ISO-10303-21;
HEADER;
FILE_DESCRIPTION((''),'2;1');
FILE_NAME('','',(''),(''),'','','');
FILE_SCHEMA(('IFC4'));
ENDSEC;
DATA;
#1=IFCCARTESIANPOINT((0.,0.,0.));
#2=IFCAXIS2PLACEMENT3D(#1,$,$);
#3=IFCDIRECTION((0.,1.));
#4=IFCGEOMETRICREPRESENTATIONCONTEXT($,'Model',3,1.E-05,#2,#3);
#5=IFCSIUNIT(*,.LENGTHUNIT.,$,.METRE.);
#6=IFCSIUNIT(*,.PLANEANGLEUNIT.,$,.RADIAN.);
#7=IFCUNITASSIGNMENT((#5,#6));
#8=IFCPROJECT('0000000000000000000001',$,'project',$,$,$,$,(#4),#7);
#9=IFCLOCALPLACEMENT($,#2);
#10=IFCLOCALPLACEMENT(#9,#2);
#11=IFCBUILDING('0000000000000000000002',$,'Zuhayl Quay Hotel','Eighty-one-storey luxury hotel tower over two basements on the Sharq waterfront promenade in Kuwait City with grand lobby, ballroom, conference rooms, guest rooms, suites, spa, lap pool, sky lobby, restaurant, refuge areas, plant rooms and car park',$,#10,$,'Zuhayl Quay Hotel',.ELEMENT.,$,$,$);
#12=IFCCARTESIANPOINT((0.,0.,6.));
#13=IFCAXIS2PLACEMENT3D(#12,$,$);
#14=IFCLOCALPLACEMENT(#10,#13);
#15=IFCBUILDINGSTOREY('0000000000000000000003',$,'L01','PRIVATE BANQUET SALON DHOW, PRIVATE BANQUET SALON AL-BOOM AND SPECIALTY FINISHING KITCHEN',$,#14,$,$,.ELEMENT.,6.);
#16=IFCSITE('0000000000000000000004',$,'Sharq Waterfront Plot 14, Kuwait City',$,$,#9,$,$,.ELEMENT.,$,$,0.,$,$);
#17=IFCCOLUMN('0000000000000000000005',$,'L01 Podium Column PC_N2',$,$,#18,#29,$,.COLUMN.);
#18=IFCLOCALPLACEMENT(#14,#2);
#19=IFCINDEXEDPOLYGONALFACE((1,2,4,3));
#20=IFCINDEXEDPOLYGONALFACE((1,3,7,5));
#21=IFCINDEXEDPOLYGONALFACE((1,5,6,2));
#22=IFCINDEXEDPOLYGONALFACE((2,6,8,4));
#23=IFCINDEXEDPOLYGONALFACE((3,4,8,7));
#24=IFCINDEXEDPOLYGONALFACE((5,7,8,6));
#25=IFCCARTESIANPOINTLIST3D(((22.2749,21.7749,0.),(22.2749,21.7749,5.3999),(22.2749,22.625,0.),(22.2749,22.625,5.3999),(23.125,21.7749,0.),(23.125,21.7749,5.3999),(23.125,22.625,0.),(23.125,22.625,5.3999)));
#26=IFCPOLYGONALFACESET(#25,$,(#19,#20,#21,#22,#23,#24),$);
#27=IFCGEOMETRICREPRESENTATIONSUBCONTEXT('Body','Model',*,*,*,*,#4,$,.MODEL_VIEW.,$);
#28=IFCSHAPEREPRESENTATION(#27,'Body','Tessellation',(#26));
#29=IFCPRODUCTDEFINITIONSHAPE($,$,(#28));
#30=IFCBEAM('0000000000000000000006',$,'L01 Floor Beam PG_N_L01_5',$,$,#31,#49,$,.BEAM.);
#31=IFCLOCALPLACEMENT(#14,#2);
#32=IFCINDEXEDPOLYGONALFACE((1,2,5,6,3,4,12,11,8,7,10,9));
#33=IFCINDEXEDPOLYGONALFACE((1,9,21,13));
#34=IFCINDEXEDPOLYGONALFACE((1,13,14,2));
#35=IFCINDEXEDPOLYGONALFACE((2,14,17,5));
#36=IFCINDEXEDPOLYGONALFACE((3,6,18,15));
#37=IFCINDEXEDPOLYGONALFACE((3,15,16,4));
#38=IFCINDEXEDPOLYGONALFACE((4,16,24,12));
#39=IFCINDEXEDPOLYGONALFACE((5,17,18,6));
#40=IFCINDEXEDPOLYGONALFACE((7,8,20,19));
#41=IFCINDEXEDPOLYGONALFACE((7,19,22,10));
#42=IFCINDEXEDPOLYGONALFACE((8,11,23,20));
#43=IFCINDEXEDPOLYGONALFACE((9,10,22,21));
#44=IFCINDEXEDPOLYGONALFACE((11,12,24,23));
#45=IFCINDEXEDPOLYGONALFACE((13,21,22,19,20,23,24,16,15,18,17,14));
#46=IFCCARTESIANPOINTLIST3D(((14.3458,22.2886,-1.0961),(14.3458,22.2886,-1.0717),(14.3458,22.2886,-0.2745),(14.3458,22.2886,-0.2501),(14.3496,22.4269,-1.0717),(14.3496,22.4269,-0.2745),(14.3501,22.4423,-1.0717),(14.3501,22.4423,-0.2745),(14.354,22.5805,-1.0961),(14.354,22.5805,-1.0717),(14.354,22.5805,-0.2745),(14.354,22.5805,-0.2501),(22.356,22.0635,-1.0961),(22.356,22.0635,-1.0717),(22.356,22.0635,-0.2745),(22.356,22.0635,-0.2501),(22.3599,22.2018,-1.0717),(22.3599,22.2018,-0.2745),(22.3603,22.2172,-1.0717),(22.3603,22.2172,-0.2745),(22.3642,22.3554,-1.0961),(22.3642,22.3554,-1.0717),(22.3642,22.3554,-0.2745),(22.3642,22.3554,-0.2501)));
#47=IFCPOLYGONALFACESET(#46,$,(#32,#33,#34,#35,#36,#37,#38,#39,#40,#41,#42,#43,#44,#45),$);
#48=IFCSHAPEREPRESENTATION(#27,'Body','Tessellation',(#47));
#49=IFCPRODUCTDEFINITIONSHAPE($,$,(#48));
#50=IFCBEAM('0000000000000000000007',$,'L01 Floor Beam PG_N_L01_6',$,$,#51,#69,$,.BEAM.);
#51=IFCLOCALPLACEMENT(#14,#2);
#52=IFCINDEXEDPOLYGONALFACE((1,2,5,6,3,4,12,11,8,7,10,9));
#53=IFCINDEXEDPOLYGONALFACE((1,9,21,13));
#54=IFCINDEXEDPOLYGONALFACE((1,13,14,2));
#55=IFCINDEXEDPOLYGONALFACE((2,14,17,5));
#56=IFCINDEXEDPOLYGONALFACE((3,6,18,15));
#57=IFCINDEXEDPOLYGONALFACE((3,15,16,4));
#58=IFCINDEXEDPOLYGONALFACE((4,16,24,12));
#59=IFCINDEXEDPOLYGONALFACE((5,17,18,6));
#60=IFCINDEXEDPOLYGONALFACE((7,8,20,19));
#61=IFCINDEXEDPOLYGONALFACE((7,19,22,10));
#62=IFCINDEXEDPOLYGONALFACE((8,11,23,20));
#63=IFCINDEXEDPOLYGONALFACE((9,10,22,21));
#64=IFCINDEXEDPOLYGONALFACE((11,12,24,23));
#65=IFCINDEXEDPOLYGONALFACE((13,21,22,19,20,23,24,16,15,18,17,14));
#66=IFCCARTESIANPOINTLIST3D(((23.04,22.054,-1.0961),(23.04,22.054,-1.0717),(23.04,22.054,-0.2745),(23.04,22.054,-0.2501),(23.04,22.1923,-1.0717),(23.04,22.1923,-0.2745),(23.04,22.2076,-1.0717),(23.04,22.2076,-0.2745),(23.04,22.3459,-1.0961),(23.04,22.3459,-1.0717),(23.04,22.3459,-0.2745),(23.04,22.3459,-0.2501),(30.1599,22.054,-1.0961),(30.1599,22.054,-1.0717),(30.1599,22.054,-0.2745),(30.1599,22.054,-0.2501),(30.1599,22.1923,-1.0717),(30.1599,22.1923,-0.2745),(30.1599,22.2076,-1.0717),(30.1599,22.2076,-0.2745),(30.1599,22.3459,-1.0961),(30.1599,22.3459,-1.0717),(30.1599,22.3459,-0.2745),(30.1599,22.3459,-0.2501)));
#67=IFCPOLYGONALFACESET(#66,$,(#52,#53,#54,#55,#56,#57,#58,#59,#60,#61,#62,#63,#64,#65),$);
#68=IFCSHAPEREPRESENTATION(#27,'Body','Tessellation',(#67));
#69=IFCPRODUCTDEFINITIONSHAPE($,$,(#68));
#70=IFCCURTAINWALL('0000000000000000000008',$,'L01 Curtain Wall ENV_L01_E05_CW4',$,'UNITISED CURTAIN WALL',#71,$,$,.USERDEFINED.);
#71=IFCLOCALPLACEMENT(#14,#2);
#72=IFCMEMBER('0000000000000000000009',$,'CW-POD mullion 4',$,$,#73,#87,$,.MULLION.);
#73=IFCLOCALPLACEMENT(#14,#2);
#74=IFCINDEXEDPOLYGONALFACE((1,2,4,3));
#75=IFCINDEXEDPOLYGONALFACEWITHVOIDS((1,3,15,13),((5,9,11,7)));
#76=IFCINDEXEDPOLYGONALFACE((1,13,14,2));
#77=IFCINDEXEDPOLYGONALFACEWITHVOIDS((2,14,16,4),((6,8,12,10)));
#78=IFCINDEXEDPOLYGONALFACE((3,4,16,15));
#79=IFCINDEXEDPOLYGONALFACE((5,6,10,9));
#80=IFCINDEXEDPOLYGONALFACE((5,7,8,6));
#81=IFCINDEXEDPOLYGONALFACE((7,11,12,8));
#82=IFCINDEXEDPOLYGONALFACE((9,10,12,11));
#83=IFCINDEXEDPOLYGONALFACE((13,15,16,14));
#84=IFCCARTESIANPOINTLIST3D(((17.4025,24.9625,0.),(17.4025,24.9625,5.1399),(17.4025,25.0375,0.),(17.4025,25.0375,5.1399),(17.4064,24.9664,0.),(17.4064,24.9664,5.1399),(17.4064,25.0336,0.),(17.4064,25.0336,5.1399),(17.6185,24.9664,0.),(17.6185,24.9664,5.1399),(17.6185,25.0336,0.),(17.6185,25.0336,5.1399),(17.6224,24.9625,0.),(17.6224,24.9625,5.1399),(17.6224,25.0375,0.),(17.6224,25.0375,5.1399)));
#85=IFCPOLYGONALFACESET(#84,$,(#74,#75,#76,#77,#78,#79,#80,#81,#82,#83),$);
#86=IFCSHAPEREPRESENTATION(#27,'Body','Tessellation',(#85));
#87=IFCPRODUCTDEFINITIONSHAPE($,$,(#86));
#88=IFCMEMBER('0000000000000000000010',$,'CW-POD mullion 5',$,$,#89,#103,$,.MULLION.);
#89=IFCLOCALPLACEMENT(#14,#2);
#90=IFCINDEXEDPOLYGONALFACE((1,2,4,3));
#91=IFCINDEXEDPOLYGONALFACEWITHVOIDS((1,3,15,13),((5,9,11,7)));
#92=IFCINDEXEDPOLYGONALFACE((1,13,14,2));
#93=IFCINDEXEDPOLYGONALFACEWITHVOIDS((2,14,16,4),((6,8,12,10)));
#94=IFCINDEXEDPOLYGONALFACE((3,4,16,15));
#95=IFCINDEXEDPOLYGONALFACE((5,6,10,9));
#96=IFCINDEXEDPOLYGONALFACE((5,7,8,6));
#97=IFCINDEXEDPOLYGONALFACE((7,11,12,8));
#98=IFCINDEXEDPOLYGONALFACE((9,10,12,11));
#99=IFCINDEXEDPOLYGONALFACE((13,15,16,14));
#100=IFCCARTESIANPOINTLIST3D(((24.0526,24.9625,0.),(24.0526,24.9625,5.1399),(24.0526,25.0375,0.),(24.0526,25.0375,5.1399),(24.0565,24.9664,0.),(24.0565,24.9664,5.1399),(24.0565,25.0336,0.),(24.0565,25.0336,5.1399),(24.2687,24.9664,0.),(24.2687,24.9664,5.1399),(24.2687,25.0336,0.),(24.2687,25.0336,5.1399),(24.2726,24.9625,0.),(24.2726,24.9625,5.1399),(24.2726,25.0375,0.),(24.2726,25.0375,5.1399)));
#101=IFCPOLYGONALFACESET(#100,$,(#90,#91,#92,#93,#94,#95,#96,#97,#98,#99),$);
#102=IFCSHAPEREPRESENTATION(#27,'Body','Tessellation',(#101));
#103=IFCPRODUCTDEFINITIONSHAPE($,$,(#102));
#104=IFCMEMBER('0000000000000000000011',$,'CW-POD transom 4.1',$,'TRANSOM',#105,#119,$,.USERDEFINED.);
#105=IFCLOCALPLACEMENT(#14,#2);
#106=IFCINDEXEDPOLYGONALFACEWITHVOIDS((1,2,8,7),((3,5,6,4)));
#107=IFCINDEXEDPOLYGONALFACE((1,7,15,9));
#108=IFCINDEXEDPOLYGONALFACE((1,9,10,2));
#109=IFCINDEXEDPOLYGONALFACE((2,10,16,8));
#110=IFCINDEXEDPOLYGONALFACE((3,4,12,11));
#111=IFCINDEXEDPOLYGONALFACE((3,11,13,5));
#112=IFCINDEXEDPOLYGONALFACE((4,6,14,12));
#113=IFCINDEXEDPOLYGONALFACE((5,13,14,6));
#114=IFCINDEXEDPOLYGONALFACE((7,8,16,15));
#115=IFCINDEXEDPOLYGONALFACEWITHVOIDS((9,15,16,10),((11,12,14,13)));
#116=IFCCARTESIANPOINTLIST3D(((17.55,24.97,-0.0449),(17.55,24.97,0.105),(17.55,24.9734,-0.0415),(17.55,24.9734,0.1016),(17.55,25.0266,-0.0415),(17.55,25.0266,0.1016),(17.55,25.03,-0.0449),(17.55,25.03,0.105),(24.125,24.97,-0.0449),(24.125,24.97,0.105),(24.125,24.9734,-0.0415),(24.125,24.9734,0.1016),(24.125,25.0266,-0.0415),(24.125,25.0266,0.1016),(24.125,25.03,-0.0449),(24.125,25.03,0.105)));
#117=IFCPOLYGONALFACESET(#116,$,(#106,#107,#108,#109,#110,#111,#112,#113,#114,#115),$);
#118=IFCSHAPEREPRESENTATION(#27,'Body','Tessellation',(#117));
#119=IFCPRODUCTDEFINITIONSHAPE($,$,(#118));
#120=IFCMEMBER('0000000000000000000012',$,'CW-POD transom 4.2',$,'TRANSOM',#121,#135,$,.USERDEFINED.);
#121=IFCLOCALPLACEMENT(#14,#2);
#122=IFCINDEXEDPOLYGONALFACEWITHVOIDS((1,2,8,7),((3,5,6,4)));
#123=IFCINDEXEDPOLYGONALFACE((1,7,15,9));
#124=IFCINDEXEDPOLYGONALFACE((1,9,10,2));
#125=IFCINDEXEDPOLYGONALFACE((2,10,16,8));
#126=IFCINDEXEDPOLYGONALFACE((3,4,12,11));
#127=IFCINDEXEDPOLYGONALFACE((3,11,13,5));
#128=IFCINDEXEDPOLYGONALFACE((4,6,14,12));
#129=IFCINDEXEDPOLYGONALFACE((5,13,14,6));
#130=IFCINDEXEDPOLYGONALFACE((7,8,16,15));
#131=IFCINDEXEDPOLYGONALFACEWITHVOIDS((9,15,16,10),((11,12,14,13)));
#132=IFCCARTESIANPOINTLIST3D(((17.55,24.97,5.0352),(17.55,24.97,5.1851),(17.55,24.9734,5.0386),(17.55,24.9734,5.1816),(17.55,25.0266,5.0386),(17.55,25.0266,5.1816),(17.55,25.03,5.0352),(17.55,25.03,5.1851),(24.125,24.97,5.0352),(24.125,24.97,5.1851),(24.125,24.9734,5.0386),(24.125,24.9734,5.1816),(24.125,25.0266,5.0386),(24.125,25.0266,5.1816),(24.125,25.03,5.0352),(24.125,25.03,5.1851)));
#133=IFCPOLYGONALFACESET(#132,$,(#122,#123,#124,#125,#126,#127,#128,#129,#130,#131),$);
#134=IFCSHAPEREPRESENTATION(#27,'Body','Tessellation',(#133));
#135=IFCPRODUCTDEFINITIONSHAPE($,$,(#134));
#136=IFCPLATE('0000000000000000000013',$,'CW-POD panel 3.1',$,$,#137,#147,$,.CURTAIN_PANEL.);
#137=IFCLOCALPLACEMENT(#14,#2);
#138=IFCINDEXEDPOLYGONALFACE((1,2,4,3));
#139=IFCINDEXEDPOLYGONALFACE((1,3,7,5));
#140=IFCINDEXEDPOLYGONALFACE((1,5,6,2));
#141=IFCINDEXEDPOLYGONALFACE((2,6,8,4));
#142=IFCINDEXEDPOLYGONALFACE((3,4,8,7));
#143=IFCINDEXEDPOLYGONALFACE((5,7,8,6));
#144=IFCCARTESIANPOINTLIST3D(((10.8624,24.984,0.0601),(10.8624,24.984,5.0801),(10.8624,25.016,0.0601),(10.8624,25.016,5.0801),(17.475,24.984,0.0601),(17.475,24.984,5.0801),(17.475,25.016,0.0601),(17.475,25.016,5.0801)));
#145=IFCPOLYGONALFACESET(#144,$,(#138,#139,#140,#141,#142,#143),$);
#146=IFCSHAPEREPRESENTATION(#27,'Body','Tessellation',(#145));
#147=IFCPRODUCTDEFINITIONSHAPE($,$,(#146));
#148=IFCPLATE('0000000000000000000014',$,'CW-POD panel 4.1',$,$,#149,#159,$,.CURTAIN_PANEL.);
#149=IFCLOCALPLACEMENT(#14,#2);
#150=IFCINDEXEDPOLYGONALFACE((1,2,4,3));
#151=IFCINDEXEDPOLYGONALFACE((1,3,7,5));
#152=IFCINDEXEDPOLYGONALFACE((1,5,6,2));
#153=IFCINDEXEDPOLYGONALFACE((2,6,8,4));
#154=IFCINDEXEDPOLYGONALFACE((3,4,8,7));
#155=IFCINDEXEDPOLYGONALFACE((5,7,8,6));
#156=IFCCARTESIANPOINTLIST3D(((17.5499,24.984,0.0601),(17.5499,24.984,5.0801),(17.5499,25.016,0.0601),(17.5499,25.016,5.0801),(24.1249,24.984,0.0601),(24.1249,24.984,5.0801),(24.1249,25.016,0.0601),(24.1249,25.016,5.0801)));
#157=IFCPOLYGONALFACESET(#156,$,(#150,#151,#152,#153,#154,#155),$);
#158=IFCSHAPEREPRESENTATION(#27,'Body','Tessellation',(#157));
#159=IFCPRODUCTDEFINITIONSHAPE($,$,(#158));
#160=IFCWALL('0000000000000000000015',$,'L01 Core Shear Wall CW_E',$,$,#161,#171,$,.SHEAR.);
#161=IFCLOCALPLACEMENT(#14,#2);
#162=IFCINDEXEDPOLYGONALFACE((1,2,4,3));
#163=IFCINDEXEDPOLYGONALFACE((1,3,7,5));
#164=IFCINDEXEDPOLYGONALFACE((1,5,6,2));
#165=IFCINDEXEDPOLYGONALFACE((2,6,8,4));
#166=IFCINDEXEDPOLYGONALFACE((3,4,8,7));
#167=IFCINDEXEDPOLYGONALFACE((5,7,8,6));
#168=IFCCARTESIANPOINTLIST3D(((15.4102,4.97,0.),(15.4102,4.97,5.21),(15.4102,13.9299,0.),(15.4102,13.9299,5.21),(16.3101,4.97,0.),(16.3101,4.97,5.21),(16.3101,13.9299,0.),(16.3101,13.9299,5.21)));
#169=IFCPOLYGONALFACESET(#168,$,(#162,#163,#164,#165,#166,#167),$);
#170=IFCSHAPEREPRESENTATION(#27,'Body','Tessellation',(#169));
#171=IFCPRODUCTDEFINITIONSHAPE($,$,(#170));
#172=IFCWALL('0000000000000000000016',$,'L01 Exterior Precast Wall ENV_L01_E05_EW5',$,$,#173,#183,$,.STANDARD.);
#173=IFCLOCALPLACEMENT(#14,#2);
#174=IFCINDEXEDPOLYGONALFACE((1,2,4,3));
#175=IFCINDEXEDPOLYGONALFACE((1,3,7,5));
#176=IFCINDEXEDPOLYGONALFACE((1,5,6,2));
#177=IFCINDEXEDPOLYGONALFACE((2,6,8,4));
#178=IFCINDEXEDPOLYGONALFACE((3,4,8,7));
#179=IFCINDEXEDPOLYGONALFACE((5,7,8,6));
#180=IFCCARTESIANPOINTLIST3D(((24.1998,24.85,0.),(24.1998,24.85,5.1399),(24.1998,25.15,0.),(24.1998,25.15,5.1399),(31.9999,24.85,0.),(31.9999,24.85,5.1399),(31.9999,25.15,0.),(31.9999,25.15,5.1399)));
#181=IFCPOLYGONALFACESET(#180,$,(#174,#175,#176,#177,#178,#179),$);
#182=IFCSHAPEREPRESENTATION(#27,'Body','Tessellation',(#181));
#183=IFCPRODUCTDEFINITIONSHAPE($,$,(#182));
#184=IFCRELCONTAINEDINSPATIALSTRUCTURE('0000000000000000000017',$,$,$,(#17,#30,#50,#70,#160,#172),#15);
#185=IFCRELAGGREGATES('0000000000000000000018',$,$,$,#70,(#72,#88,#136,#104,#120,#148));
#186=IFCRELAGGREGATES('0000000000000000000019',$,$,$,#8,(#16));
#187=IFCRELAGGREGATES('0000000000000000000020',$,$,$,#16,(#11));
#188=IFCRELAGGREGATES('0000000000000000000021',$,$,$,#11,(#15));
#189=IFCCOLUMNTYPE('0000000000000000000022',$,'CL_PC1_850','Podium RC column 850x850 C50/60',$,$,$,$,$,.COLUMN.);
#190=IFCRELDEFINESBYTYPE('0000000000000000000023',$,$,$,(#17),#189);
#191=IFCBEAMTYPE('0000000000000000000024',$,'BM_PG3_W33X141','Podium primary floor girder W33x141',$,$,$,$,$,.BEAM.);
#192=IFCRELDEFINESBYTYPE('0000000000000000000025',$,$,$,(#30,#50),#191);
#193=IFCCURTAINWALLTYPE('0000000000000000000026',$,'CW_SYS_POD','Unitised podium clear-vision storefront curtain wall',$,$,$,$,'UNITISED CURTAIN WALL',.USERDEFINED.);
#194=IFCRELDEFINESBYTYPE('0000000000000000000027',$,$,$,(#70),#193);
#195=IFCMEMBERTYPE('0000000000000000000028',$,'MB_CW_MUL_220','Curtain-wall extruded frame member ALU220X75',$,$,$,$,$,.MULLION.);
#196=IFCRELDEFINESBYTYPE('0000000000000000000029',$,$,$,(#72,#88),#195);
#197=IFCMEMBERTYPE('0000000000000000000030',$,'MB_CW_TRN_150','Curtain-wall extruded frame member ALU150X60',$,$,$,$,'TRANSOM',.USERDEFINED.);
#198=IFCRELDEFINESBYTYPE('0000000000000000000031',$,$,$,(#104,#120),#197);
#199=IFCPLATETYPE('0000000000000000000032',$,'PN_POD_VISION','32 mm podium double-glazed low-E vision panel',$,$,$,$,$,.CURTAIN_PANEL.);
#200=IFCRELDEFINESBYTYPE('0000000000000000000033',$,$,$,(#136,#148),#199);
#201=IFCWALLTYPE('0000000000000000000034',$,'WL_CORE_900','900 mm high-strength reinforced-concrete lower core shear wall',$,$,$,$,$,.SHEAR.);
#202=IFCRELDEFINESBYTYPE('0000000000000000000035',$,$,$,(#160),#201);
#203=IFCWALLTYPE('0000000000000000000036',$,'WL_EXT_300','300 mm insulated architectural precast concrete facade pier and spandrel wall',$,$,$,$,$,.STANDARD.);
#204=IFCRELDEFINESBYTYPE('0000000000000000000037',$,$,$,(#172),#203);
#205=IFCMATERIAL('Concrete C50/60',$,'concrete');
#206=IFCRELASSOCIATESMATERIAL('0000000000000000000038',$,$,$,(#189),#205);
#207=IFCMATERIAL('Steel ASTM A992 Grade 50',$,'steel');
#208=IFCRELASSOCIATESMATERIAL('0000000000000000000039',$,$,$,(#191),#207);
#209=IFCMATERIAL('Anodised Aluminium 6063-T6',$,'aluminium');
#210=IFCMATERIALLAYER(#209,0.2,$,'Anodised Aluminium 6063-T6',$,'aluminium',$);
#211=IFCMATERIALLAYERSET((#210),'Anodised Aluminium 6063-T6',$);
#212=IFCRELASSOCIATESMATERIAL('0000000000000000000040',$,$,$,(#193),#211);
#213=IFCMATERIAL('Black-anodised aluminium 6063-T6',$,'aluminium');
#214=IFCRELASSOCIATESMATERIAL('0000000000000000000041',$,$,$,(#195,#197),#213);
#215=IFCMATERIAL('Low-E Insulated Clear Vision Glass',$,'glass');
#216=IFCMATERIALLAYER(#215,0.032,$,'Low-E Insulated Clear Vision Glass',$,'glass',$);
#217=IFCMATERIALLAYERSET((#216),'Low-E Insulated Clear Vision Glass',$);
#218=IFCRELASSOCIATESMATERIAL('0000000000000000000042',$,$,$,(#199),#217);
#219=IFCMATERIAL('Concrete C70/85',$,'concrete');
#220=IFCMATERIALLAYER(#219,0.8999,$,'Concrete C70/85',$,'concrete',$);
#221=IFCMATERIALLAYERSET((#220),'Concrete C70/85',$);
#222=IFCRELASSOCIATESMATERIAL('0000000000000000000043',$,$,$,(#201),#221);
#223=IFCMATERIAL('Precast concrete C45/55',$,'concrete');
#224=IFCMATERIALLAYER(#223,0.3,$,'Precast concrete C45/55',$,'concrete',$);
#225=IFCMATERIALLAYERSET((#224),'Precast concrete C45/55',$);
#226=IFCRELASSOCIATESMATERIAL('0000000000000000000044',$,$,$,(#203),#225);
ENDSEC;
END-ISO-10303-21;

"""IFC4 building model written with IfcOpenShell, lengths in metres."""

from ifc_helpers import new_model, si_unit, direction, frame, frame_2d, origin, origin_2d, place, context, subcontext, project, spatial, rectangle, hollow_rectangle, i_section, extrude, material, layer, layer_set, material_profile, profile_set, type_object, element, aggregate, save


model = new_model("IFC4")

# Units and contexts
model_context = context("Model", 3, precision=1e-05, world=origin(), true_north=direction((0.0, 1.0)))
body_context = subcontext(model_context, "Body", "Model", "MODEL_VIEW")
ifc_project = project(units=[si_unit("LENGTHUNIT", "METRE"), si_unit("PLANEANGLEUNIT", "RADIAN")], contexts=[model_context])

# Site, building, storey
site_placement = place(None, origin())
site = spatial("IfcSite", under=ifc_project, at=site_placement, Name="Sharq Waterfront Plot 14, Kuwait City", CompositionType="ELEMENT", RefElevation=0.0)
building_placement = place(site_placement, origin())
building = spatial("IfcBuilding", under=site, at=building_placement, Name="Zuhayl Quay Hotel", Description="Eighty-one-storey luxury hotel tower over two basements on the Sharq waterfront promenade in Kuwait City with grand lobby, ballroom, conference rooms, guest rooms, suites, spa, lap pool, sky lobby, restaurant, refuge areas, plant rooms and car park", LongName="Zuhayl Quay Hotel", CompositionType="ELEMENT")
storey_placement = place(building_placement, frame((0.0, 0.0, 6.0)))
storey = spatial("IfcBuildingStorey", under=building, at=storey_placement, Name="L01", Description="PRIVATE BANQUET SALON DHOW, PRIVATE BANQUET SALON AL-BOOM AND SPECIALTY FINISHING KITCHEN", CompositionType="ELEMENT", Elevation=6.0)

# Column
ifc_material_1 = material(Name="Concrete C50/60", Category="concrete")
ifc_material_profile_1 = material_profile(ifc_material_1, rectangle(XDim=0.8501, YDim=0.8501, at=origin_2d()), Name="RC850X850")
ifc_profile_set_1 = profile_set([ifc_material_profile_1], Name="Concrete C50/60")
column_type = type_object("IfcColumnType", Name="CL_PC1_850", Description="Podium RC column 850x850 C50/60", PredefinedType="COLUMN", material=ifc_profile_set_1)
column_placement = place(storey_placement, frame((22.7, 22.2, 0.0), z_axis=(0.0, 0.0, 1.0), x_axis=(1.0, 0.0, 0.0)))
element("IfcColumn", 1, at=column_placement, inside=storey, type_object=column_type, Name="L01 Podium Column PC_N2", PredefinedType="COLUMN", context=body_context, shape_type="SweptSolid", body=[
    extrude(rectangle(XDim=0.8501, YDim=0.8501, at=origin_2d()), origin(), (0.0, 0.0, 1.0), 5.3999),
])

# Beams
ifc_material_2 = material(Name="Steel ASTM A992 Grade 50", Category="steel")
ifc_material_profile_2 = material_profile(ifc_material_2, i_section(OverallWidth=0.292, OverallDepth=0.8459, WebThickness=0.0154, FlangeThickness=0.0244, at=origin_2d()), Name="W33X141")
ifc_profile_set_2 = profile_set([ifc_material_profile_2], Name="Steel ASTM A992 Grade 50")
beam_type = type_object("IfcBeamType", Name="BM_PG3_W33X141", Description="Podium primary floor girder W33x141", PredefinedType="BEAM", material=ifc_profile_set_2)
beam_1_placement = place(storey_placement, frame((14.3499, 22.4346, -0.6731), z_axis=(0.999605, -0.02809, 0.0), x_axis=(0.02809, 0.999605, 0.0)))
element("IfcBeam", 2, at=beam_1_placement, inside=storey, type_object=beam_type, Name="L01 Floor Beam PG_N_L01_5", PredefinedType="BEAM", context=body_context, shape_type="SweptSolid", body=[
    extrude(i_section(OverallWidth=0.292, OverallDepth=0.8459, WebThickness=0.0154, FlangeThickness=0.0244, at=origin_2d()), origin(), (0.0, 0.0, 1.0), 8.0134),
])
beam_2_placement = place(storey_placement, frame((23.04, 22.2, -0.6731), z_axis=(1.0, 0.0, 0.0), x_axis=(0.0, 1.0, 0.0)))
element("IfcBeam", 3, at=beam_2_placement, inside=storey, type_object=beam_type, Name="L01 Floor Beam PG_N_L01_6", PredefinedType="BEAM", context=body_context, shape_type="SweptSolid", body=[
    extrude(i_section(OverallWidth=0.292, OverallDepth=0.8459, WebThickness=0.0154, FlangeThickness=0.0244, at=origin_2d()), origin(), (0.0, 0.0, 1.0), 7.1199),
])

# Curtain wall, members, plates
ifc_material_3 = material(Name="Anodised Aluminium 6063-T6", Category="aluminium")
ifc_layer_1 = layer(ifc_material_3, 0.2, Name="Anodised Aluminium 6063-T6", Category="aluminium")
ifc_layer_set_1 = layer_set([ifc_layer_1], Name="Anodised Aluminium 6063-T6")
curtain_wall_type = type_object("IfcCurtainWallType", Name="CW_SYS_POD", Description="Unitised podium clear-vision storefront curtain wall", ElementType="UNITISED CURTAIN WALL", PredefinedType="USERDEFINED", material=ifc_layer_set_1)
curtain_wall_placement = place(storey_placement, origin())
curtain_wall = element("IfcCurtainWall", 4, at=curtain_wall_placement, inside=storey, type_object=curtain_wall_type, Name="L01 Curtain Wall ENV_L01_E05_CW4", ObjectType="UNITISED CURTAIN WALL", PredefinedType="USERDEFINED")
ifc_material_4 = material(Name="Black-anodised aluminium 6063-T6", Category="aluminium")
ifc_material_profile_3 = material_profile(ifc_material_4, hollow_rectangle(XDim=0.075, YDim=0.22, WallThickness=0.0039, at=origin_2d()), Name="ALU220X75")
ifc_profile_set_3 = profile_set([ifc_material_profile_3], Name="Black-anodised aluminium 6063-T6")
member_type_1 = type_object("IfcMemberType", Name="MB_CW_MUL_220", Description="Curtain-wall extruded frame member ALU220X75", PredefinedType="MULLION", material=ifc_profile_set_3)
member_1_placement = place(storey_placement, frame((17.5125, 25.0, 0.0), z_axis=(0.0, 0.0, 1.0), x_axis=(0.0, 1.0, 0.0)))
member_1 = element("IfcMember", 5, at=member_1_placement, type_object=member_type_1, Name="CW-POD mullion 4", PredefinedType="MULLION", context=body_context, shape_type="SweptSolid", body=[
    extrude(hollow_rectangle(XDim=0.075, YDim=0.22, WallThickness=0.0039, at=origin_2d()), origin(), (0.0, 0.0, 1.0), 5.1399),
])
member_2_placement = place(storey_placement, frame((24.1626, 25.0, 0.0), z_axis=(0.0, 0.0, 1.0), x_axis=(0.0, 1.0, 0.0)))
member_2 = element("IfcMember", 6, at=member_2_placement, type_object=member_type_1, Name="CW-POD mullion 5", PredefinedType="MULLION", context=body_context, shape_type="SweptSolid", body=[
    extrude(hollow_rectangle(XDim=0.075, YDim=0.22, WallThickness=0.0039, at=origin_2d()), origin(), (0.0, 0.0, 1.0), 5.1399),
])
ifc_material_profile_4 = material_profile(ifc_material_4, hollow_rectangle(XDim=0.0601, YDim=0.1499, WallThickness=0.0034, at=origin_2d()), Name="ALU150X60")
ifc_profile_set_4 = profile_set([ifc_material_profile_4], Name="Black-anodised aluminium 6063-T6")
member_type_2 = type_object("IfcMemberType", Name="MB_CW_TRN_150", Description="Curtain-wall extruded frame member ALU150X60", ElementType="TRANSOM", PredefinedType="USERDEFINED", material=ifc_profile_set_4)
member_3_placement = place(storey_placement, frame((17.55, 25.0, 0.03), z_axis=(1.0, 0.0, 0.0), x_axis=(0.0, 1.0, 0.0)))
member_3 = element("IfcMember", 7, at=member_3_placement, type_object=member_type_2, Name="CW-POD transom 4.1", ObjectType="TRANSOM", PredefinedType="USERDEFINED", context=body_context, shape_type="SweptSolid", body=[
    extrude(hollow_rectangle(XDim=0.0601, YDim=0.1499, WallThickness=0.0034, at=origin_2d()), origin(), (0.0, 0.0, 1.0), 6.575),
])
member_4_placement = place(storey_placement, frame((17.55, 25.0, 5.1101), z_axis=(1.0, 0.0, 0.0), x_axis=(0.0, 1.0, 0.0)))
member_4 = element("IfcMember", 8, at=member_4_placement, type_object=member_type_2, Name="CW-POD transom 4.2", ObjectType="TRANSOM", PredefinedType="USERDEFINED", context=body_context, shape_type="SweptSolid", body=[
    extrude(hollow_rectangle(XDim=0.0601, YDim=0.1499, WallThickness=0.0034, at=origin_2d()), origin(), (0.0, 0.0, 1.0), 6.575),
])
ifc_material_5 = material(Name="Low-E Insulated Clear Vision Glass", Category="glass")
ifc_layer_2 = layer(ifc_material_5, 0.032, Name="Low-E Insulated Clear Vision Glass", Category="glass")
ifc_layer_set_2 = layer_set([ifc_layer_2], Name="Low-E Insulated Clear Vision Glass")
plate_type = type_object("IfcPlateType", Name="PN_POD_VISION", Description="32 mm podium double-glazed low-E vision panel", PredefinedType="CURTAIN_PANEL", material=ifc_layer_set_2)
plate_1_placement = place(storey_placement, frame((14.1687, 25.0, 0.0601), z_axis=(0.0, 0.0, 1.0), x_axis=(1.0, 0.0, 0.0)))
plate_1 = element("IfcPlate", 9, at=plate_1_placement, type_object=plate_type, Name="CW-POD panel 3.1", PredefinedType="CURTAIN_PANEL", context=body_context, shape_type="SweptSolid", body=[
    extrude(rectangle(XDim=6.6125, YDim=0.032, at=origin_2d()), origin(), (0.0, 0.0, 1.0), 5.02),
])
plate_2_placement = place(storey_placement, frame((20.8374, 25.0, 0.0601), z_axis=(0.0, 0.0, 1.0), x_axis=(1.0, 0.0, 0.0)))
plate_2 = element("IfcPlate", 10, at=plate_2_placement, type_object=plate_type, Name="CW-POD panel 4.1", PredefinedType="CURTAIN_PANEL", context=body_context, shape_type="SweptSolid", body=[
    extrude(rectangle(XDim=6.575, YDim=0.032, at=origin_2d()), origin(), (0.0, 0.0, 1.0), 5.02),
])
aggregate(curtain_wall, [member_1, member_2, plate_1, member_3, member_4, plate_2])

# Walls
ifc_material_6 = material(Name="Concrete C70/85", Category="concrete")
ifc_layer_3 = layer(ifc_material_6, 0.8999, Name="Concrete C70/85", Category="concrete")
ifc_layer_set_3 = layer_set([ifc_layer_3], Name="Concrete C70/85")
wall_type_1 = type_object("IfcWallType", Name="WL_CORE_900", Description="900 mm high-strength reinforced-concrete lower core shear wall", PredefinedType="SHEAR", material=ifc_layer_set_3)
wall_1_placement = place(storey_placement, frame((15.8601, 4.97, 0.0), z_axis=(0.0, 0.0, 1.0), x_axis=(0.0, 1.0, 0.0)))
element("IfcWall", 11, at=wall_1_placement, inside=storey, type_object=wall_type_1, Name="L01 Core Shear Wall CW_E", PredefinedType="SHEAR", context=body_context, shape_type="SweptSolid", body=[
    extrude(rectangle(XDim=8.96, YDim=0.8999, at=frame_2d((4.48, 0.0))), origin(), (0.0, 0.0, 1.0), 5.21),
])
ifc_material_7 = material(Name="Precast concrete C45/55", Category="concrete")
ifc_layer_4 = layer(ifc_material_7, 0.3, Name="Precast concrete C45/55", Category="concrete")
ifc_layer_set_4 = layer_set([ifc_layer_4], Name="Precast concrete C45/55")
wall_type_2 = type_object("IfcWallType", Name="WL_EXT_300", Description="300 mm insulated architectural precast concrete facade pier and spandrel wall", PredefinedType="STANDARD", material=ifc_layer_set_4)
wall_2_placement = place(storey_placement, frame((24.2, 25.0, 0.0), z_axis=(0.0, 0.0, 1.0), x_axis=(1.0, 0.0, 0.0)))
element("IfcWall", 12, at=wall_2_placement, inside=storey, type_object=wall_type_2, Name="L01 Exterior Precast Wall ENV_L01_E05_EW5", PredefinedType="STANDARD", context=body_context, shape_type="SweptSolid", body=[
    extrude(rectangle(XDim=7.8, YDim=0.3, at=frame_2d((3.8999, 0.0))), origin(), (0.0, 0.0, 1.0), 5.1399),
])

save(model, "model.ifc")
